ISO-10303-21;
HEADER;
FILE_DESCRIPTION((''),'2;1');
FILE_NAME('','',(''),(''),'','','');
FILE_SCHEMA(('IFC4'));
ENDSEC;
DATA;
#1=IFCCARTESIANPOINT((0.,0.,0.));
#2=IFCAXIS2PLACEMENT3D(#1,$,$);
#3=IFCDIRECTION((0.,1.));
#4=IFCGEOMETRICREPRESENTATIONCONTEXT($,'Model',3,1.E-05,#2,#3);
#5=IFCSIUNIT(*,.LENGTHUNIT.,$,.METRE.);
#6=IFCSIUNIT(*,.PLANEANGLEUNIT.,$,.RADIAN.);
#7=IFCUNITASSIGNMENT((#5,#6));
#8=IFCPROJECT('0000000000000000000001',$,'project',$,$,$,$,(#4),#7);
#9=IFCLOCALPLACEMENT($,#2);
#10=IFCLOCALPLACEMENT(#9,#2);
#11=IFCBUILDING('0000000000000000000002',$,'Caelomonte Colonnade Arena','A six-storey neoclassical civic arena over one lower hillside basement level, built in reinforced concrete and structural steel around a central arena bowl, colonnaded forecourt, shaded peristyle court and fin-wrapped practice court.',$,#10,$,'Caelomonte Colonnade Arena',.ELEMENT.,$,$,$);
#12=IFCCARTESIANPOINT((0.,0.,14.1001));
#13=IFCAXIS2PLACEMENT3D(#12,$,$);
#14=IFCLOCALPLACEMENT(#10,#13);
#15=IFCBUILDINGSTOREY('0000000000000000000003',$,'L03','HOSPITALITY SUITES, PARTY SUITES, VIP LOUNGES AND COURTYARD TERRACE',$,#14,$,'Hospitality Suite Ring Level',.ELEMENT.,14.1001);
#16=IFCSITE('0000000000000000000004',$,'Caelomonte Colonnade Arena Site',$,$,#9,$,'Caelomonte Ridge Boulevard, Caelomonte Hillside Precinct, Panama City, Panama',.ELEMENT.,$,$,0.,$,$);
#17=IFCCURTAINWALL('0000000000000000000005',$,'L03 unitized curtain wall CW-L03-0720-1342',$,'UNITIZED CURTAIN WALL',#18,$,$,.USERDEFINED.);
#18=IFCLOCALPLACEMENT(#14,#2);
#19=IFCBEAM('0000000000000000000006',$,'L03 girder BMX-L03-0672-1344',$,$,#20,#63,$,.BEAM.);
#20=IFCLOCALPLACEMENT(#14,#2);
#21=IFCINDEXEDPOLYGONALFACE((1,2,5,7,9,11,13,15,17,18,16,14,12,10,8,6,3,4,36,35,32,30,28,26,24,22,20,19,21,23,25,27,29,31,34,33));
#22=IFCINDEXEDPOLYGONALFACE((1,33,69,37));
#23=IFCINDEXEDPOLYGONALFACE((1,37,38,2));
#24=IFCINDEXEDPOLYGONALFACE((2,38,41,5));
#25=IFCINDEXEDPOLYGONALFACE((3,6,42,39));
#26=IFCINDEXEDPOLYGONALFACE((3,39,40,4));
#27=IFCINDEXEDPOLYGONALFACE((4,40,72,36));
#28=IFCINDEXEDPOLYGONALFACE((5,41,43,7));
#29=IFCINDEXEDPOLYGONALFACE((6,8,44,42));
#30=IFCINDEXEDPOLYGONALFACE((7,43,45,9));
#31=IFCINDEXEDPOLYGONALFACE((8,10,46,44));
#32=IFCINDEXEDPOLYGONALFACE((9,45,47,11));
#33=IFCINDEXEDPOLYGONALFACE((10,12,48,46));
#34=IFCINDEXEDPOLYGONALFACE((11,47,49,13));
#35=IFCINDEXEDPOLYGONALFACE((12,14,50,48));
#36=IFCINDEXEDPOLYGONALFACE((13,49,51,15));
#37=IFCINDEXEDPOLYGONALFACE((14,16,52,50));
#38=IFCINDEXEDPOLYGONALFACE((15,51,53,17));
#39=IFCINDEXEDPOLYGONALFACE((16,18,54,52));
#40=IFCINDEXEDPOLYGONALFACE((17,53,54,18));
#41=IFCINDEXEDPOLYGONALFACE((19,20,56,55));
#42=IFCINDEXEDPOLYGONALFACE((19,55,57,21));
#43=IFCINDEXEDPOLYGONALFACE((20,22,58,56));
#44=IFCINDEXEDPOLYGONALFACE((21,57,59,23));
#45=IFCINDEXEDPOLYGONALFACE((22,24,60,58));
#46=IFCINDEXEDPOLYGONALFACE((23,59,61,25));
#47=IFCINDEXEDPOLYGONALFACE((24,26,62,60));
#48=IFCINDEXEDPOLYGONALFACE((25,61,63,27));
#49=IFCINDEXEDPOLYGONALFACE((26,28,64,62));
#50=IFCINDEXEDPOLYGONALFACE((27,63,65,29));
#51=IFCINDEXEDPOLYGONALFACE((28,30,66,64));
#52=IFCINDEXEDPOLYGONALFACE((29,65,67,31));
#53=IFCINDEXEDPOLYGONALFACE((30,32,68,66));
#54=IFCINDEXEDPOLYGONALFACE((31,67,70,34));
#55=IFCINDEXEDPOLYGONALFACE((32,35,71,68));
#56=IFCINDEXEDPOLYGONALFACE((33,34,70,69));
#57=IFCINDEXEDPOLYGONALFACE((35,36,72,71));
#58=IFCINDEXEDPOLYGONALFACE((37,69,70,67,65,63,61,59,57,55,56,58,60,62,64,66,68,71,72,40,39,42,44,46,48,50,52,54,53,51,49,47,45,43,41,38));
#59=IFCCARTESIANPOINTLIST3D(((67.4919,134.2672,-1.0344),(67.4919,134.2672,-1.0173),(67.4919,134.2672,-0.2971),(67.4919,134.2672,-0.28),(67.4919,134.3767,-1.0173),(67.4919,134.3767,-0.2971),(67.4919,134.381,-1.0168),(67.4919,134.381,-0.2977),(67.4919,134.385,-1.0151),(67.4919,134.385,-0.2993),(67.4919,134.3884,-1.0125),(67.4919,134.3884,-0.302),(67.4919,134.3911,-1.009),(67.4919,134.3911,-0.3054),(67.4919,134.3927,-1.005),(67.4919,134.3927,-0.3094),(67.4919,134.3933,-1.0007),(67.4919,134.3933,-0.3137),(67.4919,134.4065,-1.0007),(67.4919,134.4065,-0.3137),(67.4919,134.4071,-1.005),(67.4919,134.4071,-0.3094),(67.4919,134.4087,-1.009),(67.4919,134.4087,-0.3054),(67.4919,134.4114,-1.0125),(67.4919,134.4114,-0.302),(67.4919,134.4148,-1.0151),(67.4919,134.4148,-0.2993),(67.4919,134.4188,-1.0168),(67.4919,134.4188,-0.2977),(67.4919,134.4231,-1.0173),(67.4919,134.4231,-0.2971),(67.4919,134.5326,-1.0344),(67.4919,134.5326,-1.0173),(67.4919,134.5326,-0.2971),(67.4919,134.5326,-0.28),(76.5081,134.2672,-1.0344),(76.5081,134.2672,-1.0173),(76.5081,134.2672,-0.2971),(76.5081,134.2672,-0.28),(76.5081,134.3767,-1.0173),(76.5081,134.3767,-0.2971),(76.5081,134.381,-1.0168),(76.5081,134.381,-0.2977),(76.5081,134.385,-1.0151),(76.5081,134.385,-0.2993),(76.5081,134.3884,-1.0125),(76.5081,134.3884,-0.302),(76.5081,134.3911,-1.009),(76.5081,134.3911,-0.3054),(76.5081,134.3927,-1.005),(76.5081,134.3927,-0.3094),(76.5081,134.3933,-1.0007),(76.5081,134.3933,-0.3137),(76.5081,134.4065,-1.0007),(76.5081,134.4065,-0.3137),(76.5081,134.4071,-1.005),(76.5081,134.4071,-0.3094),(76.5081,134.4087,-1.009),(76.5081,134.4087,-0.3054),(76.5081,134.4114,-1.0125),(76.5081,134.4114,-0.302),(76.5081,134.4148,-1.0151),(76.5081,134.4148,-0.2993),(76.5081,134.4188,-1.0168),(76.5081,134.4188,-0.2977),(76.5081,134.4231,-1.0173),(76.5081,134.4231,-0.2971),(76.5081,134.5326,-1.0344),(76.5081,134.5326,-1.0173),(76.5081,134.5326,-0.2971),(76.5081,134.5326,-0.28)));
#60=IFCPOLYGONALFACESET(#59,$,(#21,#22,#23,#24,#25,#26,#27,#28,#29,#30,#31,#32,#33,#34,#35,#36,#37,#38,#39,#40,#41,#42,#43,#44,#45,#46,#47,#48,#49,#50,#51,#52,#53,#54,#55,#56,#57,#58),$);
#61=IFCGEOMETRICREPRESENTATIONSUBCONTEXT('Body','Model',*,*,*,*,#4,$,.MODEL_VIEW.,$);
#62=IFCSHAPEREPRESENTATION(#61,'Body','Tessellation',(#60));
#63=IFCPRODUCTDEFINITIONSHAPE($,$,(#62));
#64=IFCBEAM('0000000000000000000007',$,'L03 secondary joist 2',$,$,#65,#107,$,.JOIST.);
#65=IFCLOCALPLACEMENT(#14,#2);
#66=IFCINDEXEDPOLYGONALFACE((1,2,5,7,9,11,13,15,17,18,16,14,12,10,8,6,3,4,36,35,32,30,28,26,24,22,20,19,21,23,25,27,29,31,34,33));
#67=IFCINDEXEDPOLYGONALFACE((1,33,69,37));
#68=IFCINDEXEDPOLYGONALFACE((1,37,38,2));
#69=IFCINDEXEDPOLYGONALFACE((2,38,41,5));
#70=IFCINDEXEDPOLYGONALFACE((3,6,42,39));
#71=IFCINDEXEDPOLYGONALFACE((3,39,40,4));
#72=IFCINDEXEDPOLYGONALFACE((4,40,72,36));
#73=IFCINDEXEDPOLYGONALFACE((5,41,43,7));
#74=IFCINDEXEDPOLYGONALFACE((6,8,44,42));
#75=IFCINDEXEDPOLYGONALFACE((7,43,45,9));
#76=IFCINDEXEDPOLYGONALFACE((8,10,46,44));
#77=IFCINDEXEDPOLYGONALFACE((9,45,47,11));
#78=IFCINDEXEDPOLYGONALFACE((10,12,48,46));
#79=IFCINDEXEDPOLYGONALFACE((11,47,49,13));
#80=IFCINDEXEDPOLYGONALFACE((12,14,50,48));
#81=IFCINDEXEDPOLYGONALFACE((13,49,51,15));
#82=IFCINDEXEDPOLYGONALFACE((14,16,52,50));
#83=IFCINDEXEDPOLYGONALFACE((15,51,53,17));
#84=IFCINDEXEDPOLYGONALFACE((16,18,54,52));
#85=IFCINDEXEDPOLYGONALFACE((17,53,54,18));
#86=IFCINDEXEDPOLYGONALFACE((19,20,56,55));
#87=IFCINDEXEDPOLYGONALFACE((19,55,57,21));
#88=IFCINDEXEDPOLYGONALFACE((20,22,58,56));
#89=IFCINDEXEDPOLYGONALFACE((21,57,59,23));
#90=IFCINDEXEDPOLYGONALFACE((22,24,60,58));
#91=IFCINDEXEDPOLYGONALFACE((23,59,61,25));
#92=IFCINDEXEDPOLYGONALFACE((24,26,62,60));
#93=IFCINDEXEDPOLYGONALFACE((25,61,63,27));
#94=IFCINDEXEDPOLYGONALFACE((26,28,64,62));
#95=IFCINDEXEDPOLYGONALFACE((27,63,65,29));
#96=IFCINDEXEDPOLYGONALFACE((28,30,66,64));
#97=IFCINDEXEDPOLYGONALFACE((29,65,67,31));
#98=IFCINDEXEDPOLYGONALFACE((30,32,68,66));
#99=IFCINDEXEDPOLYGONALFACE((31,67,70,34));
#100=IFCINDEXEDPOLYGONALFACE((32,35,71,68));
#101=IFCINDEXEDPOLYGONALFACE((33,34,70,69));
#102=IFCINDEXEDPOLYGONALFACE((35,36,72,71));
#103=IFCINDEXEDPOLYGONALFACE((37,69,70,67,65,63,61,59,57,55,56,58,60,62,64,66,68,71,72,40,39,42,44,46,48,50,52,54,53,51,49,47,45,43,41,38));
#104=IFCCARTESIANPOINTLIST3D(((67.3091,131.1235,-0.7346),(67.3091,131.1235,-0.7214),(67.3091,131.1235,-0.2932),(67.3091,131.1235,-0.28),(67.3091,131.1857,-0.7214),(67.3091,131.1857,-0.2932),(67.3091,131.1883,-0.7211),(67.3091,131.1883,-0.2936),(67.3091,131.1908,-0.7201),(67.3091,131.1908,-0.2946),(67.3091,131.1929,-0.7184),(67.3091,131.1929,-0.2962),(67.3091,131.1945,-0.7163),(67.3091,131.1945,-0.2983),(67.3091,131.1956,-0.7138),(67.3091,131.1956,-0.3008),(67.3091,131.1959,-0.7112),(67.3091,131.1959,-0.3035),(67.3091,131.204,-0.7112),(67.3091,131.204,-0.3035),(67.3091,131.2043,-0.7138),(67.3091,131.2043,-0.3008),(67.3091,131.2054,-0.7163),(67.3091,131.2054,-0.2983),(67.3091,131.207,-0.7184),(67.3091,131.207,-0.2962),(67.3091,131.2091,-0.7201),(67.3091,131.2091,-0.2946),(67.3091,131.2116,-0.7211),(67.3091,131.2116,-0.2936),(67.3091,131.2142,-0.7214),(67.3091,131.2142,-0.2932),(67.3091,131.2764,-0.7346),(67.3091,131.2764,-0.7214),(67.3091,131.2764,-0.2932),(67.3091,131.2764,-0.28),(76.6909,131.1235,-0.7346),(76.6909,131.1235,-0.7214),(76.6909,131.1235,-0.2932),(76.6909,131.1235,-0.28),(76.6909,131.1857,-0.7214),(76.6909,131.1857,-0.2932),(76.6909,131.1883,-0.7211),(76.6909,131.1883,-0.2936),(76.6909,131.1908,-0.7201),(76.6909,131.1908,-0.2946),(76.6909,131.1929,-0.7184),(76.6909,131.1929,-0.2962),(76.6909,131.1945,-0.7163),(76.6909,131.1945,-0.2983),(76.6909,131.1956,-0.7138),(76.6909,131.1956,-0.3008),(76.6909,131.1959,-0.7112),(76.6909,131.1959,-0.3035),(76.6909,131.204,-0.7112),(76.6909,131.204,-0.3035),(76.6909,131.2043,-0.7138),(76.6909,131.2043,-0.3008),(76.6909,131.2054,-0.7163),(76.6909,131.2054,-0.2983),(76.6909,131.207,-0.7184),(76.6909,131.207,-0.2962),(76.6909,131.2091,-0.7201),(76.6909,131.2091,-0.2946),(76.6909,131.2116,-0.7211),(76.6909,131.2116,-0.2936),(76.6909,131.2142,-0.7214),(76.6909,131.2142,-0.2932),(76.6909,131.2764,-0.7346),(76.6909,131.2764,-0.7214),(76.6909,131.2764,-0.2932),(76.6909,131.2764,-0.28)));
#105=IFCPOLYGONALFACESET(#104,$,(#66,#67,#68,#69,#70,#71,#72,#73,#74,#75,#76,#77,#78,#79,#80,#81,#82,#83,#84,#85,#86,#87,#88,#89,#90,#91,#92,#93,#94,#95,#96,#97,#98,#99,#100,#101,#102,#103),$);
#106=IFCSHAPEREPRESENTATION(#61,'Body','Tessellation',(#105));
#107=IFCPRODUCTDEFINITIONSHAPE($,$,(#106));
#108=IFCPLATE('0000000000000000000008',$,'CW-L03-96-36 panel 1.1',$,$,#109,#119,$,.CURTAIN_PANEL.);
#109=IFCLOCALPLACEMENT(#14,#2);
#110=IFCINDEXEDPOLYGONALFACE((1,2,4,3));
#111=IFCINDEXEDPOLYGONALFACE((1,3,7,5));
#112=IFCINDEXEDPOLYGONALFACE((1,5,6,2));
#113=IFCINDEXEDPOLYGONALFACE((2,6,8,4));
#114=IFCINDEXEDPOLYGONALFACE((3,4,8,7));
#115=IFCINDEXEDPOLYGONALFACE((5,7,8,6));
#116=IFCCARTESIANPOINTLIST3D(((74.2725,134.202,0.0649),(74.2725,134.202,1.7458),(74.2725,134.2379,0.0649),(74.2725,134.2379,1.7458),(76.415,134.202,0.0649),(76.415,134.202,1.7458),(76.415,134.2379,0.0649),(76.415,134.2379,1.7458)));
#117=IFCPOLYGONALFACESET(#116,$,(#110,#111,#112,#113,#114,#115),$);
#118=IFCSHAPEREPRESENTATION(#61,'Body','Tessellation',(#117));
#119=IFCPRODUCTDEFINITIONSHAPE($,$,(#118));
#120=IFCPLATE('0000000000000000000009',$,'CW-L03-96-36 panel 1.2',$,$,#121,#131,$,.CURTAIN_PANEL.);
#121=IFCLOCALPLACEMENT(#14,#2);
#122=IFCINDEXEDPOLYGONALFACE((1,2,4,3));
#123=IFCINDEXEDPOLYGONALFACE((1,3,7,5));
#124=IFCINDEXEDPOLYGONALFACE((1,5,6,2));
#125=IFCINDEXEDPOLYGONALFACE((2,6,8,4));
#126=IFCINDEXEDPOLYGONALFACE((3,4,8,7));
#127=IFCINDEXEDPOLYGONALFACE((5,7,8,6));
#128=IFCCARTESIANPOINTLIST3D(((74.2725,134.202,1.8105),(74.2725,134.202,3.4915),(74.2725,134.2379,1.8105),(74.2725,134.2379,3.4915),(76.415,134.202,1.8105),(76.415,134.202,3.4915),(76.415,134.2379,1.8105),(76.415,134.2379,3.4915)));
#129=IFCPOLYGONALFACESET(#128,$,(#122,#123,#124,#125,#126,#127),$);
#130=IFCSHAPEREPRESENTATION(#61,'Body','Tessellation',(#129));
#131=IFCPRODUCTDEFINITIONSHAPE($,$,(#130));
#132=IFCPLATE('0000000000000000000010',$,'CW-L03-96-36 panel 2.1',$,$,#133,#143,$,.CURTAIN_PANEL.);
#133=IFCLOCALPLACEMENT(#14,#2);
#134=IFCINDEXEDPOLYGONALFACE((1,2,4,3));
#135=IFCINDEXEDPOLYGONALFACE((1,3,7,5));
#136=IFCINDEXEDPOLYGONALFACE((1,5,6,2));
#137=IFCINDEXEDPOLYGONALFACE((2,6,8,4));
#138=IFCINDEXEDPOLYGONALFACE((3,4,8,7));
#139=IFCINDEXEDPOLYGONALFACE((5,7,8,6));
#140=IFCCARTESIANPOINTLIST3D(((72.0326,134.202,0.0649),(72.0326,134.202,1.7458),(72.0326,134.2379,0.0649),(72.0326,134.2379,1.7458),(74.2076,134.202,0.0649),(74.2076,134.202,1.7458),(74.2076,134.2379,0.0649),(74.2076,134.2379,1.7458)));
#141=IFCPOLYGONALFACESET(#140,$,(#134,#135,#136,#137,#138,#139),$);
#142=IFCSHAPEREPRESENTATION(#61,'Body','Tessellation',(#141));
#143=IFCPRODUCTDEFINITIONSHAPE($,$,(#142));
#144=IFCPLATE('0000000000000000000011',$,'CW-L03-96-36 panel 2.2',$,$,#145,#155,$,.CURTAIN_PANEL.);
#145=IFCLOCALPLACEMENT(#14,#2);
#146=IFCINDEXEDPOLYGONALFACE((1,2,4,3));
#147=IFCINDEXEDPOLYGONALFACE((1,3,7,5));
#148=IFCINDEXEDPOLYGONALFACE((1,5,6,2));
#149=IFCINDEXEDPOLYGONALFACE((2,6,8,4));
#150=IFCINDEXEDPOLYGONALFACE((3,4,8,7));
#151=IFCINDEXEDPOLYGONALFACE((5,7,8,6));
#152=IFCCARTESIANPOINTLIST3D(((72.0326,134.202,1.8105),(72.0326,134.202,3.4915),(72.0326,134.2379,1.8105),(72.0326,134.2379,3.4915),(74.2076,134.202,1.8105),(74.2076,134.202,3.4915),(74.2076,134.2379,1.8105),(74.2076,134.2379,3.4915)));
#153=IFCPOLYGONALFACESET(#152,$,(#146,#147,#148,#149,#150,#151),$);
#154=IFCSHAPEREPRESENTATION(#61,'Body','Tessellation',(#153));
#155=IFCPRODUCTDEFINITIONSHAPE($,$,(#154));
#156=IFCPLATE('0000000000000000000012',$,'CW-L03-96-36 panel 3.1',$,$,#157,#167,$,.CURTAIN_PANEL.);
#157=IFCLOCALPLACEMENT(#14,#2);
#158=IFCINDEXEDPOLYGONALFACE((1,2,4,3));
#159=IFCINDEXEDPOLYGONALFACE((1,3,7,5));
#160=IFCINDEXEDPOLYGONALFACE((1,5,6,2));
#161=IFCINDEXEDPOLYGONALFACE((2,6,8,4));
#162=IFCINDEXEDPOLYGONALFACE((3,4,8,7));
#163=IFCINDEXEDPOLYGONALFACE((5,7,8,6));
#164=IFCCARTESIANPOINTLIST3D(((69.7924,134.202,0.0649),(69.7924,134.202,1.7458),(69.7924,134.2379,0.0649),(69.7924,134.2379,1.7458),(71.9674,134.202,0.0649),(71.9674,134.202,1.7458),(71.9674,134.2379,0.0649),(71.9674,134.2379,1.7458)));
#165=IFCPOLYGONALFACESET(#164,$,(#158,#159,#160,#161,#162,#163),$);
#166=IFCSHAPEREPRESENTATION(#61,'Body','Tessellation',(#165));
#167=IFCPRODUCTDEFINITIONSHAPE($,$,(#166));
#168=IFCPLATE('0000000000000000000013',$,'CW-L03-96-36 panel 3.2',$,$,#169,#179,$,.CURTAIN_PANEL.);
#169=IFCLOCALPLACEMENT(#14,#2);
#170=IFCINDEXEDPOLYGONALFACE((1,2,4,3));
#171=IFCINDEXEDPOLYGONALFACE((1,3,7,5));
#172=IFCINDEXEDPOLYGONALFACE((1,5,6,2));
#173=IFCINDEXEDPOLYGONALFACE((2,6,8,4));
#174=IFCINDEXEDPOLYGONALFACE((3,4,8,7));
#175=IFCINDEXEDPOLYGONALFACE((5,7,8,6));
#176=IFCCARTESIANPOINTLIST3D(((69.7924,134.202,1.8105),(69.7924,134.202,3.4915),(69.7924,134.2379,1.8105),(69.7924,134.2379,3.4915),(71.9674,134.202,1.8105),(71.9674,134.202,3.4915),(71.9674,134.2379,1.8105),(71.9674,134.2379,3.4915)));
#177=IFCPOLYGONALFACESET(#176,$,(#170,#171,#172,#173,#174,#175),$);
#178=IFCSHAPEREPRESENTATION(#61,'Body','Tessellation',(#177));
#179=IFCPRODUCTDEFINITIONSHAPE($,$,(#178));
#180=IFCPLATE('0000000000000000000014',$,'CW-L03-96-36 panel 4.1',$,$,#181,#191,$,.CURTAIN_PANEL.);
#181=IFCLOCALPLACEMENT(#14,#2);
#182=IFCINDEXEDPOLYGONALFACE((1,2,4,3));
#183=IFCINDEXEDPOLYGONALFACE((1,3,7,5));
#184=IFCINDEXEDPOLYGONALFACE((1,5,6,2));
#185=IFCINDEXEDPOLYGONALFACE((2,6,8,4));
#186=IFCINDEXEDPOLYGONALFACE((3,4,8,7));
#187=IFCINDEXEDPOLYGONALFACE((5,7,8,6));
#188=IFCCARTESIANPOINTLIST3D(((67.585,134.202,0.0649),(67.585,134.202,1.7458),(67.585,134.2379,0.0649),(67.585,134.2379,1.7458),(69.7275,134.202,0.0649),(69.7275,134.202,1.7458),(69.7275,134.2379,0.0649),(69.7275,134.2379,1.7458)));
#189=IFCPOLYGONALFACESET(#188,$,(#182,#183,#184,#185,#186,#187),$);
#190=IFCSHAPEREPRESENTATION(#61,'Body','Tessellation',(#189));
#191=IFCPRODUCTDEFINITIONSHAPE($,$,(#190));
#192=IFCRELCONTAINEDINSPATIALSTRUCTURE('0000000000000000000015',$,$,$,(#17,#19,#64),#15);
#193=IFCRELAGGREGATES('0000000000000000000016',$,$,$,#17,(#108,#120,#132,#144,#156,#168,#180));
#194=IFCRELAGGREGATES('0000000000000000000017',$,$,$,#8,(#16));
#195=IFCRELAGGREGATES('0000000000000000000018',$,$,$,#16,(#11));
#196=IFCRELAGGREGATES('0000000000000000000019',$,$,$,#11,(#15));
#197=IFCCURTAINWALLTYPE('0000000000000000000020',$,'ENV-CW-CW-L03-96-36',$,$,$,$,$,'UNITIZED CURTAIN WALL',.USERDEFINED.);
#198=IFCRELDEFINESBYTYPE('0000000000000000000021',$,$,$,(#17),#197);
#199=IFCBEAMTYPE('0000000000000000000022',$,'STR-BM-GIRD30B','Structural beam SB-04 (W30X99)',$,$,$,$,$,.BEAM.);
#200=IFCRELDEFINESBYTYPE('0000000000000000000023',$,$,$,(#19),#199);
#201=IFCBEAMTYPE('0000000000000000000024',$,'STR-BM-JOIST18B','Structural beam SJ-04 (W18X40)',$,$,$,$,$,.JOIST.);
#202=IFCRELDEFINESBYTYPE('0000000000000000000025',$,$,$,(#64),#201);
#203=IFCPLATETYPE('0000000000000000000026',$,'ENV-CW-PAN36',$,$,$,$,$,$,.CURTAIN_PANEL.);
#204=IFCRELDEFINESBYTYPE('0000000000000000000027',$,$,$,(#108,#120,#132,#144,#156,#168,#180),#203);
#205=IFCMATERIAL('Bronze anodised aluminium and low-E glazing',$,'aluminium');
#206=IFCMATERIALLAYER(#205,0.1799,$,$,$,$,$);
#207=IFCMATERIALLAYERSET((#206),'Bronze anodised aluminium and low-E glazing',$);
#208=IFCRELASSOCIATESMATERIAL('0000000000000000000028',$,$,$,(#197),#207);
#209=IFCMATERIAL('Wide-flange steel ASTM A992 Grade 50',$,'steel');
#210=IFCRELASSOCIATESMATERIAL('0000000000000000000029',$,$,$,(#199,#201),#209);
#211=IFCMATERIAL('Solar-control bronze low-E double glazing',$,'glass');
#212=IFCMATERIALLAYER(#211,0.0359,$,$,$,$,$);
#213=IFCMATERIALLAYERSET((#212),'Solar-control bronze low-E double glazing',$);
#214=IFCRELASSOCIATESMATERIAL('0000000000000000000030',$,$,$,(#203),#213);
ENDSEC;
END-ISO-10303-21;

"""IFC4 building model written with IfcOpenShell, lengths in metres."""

from ifc_helpers import new_model, si_unit, direction, frame, origin, origin_2d, place, context, subcontext, project, spatial, rectangle, i_section, extrude, material, layer, layer_set, material_profile, profile_set, type_object, element, aggregate, save


model = new_model("IFC4")

# Units and contexts
model_context = context("Model", 3, precision=1e-05, world=origin(), true_north=direction((0.0, 1.0)))
body_context = subcontext(model_context, "Body", "Model", "MODEL_VIEW")
ifc_project = project(units=[si_unit("LENGTHUNIT", "METRE"), si_unit("PLANEANGLEUNIT", "RADIAN")], contexts=[model_context])

# Site, building, storey
site_placement = place(None, origin())
site = spatial("IfcSite", under=ifc_project, at=site_placement, Name="Caelomonte Colonnade Arena Site", LongName="Caelomonte Ridge Boulevard, Caelomonte Hillside Precinct, Panama City, Panama", CompositionType="ELEMENT", RefElevation=0.0)
building_placement = place(site_placement, origin())
building = spatial("IfcBuilding", under=site, at=building_placement, Name="Caelomonte Colonnade Arena", Description="A six-storey neoclassical civic arena over one lower hillside basement level, built in reinforced concrete and structural steel around a central arena bowl, colonnaded forecourt, shaded peristyle court and fin-wrapped practice court.", LongName="Caelomonte Colonnade Arena", CompositionType="ELEMENT")
storey_placement = place(building_placement, frame((0.0, 0.0, 14.1001)))
storey = spatial("IfcBuildingStorey", under=building, at=storey_placement, Name="L03", Description="HOSPITALITY SUITES, PARTY SUITES, VIP LOUNGES AND COURTYARD TERRACE", LongName="Hospitality Suite Ring Level", CompositionType="ELEMENT", Elevation=14.1001)

# Curtain wall
ifc_material_1 = material(Name="Bronze anodised aluminium and low-E glazing", Category="aluminium")
ifc_layer_1 = layer(ifc_material_1, 0.1799)
ifc_layer_set_1 = layer_set([ifc_layer_1], Name="Bronze anodised aluminium and low-E glazing")
curtain_wall_type = type_object("IfcCurtainWallType", Name="ENV-CW-CW-L03-96-36", ElementType="UNITIZED CURTAIN WALL", PredefinedType="USERDEFINED", material=ifc_layer_set_1)
curtain_wall_1_placement = place(storey_placement, origin())
curtain_wall_1 = element("IfcCurtainWall", 1, at=curtain_wall_1_placement, inside=storey, type_object=curtain_wall_type, Name="L03 unitized curtain wall CW-L03-0720-1342", ObjectType="UNITIZED CURTAIN WALL", PredefinedType="USERDEFINED")

# Beams
ifc_material_2 = material(Name="Wide-flange steel ASTM A992 Grade 50", Category="steel")
ifc_material_profile_1 = material_profile(ifc_material_2, i_section(OverallWidth=0.2654, OverallDepth=0.7544, WebThickness=0.0132, FlangeThickness=0.0171, FilletRadius=0.0166, at=origin_2d()), Name="W30X99")
ifc_profile_set_1 = profile_set([ifc_material_profile_1], Name="Wide-flange steel ASTM A992 Grade 50")
beam_type_1 = type_object("IfcBeamType", Name="STR-BM-GIRD30B", Description="Structural beam SB-04 (W30X99)", PredefinedType="BEAM", material=ifc_profile_set_1)
beam_1_placement = place(storey_placement, frame((67.4919, 134.3999, -0.6572), z_axis=(1.0, 0.0, 0.0), x_axis=(0.0, 1.0, 0.0)))
element("IfcBeam", 2, at=beam_1_placement, inside=storey, type_object=beam_type_1, Name="L03 girder BMX-L03-0672-1344", PredefinedType="BEAM", context=body_context, shape_type="SweptSolid", body=[
    extrude(i_section(OverallWidth=0.2654, OverallDepth=0.7544, WebThickness=0.0132, FlangeThickness=0.0171, FilletRadius=0.0166, at=origin_2d()), origin(), (0.0, 0.0, 1.0), 9.0161),
])
ifc_material_profile_2 = material_profile(ifc_material_2, i_section(OverallWidth=0.1528, OverallDepth=0.4546, WebThickness=0.0081, FlangeThickness=0.0132, FilletRadius=0.0103, at=origin_2d()), Name="W18X40")
ifc_profile_set_2 = profile_set([ifc_material_profile_2], Name="Wide-flange steel ASTM A992 Grade 50")
beam_type_2 = type_object("IfcBeamType", Name="STR-BM-JOIST18B", Description="Structural beam SJ-04 (W18X40)", PredefinedType="JOIST", material=ifc_profile_set_2)
beam_2_placement = place(storey_placement, frame((67.3091, 131.2, -0.5073), z_axis=(1.0, 0.0, 0.0), x_axis=(0.0, 1.0, 0.0)))
element("IfcBeam", 3, at=beam_2_placement, inside=storey, type_object=beam_type_2, Name="L03 secondary joist 2", PredefinedType="JOIST", context=body_context, shape_type="SweptSolid", body=[
    extrude(i_section(OverallWidth=0.1528, OverallDepth=0.4546, WebThickness=0.0081, FlangeThickness=0.0132, FilletRadius=0.0103, at=origin_2d()), origin(), (0.0, 0.0, 1.0), 9.3818),
])

# Plates
ifc_material_3 = material(Name="Solar-control bronze low-E double glazing", Category="glass")
ifc_layer_2 = layer(ifc_material_3, 0.0359)
ifc_layer_set_2 = layer_set([ifc_layer_2], Name="Solar-control bronze low-E double glazing")
plate_type = type_object("IfcPlateType", Name="ENV-CW-PAN36", PredefinedType="CURTAIN_PANEL", material=ifc_layer_set_2)
plate_1_placement = place(storey_placement, frame((75.3438, 134.22, 0.0649), z_axis=(0.0, 0.0, 1.0), x_axis=(-1.0, 0.0, 0.0)))
plate_1 = element("IfcPlate", 4, at=plate_1_placement, type_object=plate_type, Name="CW-L03-96-36 panel 1.1", PredefinedType="CURTAIN_PANEL", context=body_context, shape_type="SweptSolid", body=[
    extrude(rectangle(XDim=2.1426, YDim=0.0359, at=origin_2d()), origin(), (0.0, 0.0, 1.0), 1.6809),
])
plate_2_placement = place(storey_placement, frame((75.3438, 134.22, 1.8105), z_axis=(0.0, 0.0, 1.0), x_axis=(-1.0, 0.0, 0.0)))
plate_2 = element("IfcPlate", 5, at=plate_2_placement, type_object=plate_type, Name="CW-L03-96-36 panel 1.2", PredefinedType="CURTAIN_PANEL", context=body_context, shape_type="SweptSolid", body=[
    extrude(rectangle(XDim=2.1426, YDim=0.0359, at=origin_2d()), origin(), (0.0, 0.0, 1.0), 1.6809),
])
plate_3_placement = place(storey_placement, frame((73.1201, 134.22, 0.0649), z_axis=(0.0, 0.0, 1.0), x_axis=(-1.0, 0.0, 0.0)))
plate_3 = element("IfcPlate", 6, at=plate_3_placement, type_object=plate_type, Name="CW-L03-96-36 panel 2.1", PredefinedType="CURTAIN_PANEL", context=body_context, shape_type="SweptSolid", body=[
    extrude(rectangle(XDim=2.175, YDim=0.0359, at=origin_2d()), origin(), (0.0, 0.0, 1.0), 1.6809),
])
plate_4_placement = place(storey_placement, frame((73.1201, 134.22, 1.8105), z_axis=(0.0, 0.0, 1.0), x_axis=(-1.0, 0.0, 0.0)))
plate_4 = element("IfcPlate", 7, at=plate_4_placement, type_object=plate_type, Name="CW-L03-96-36 panel 2.2", PredefinedType="CURTAIN_PANEL", context=body_context, shape_type="SweptSolid", body=[
    extrude(rectangle(XDim=2.175, YDim=0.0359, at=origin_2d()), origin(), (0.0, 0.0, 1.0), 1.6809),
])
plate_5_placement = place(storey_placement, frame((70.8799, 134.22, 0.0649), z_axis=(0.0, 0.0, 1.0), x_axis=(-1.0, 0.0, 0.0)))
plate_5 = element("IfcPlate", 8, at=plate_5_placement, type_object=plate_type, Name="CW-L03-96-36 panel 3.1", PredefinedType="CURTAIN_PANEL", context=body_context, shape_type="SweptSolid", body=[
    extrude(rectangle(XDim=2.175, YDim=0.0359, at=origin_2d()), origin(), (0.0, 0.0, 1.0), 1.6809),
])
plate_6_placement = place(storey_placement, frame((70.8799, 134.22, 1.8105), z_axis=(0.0, 0.0, 1.0), x_axis=(-1.0, 0.0, 0.0)))
plate_6 = element("IfcPlate", 9, at=plate_6_placement, type_object=plate_type, Name="CW-L03-96-36 panel 3.2", PredefinedType="CURTAIN_PANEL", context=body_context, shape_type="SweptSolid", body=[
    extrude(rectangle(XDim=2.175, YDim=0.0359, at=origin_2d()), origin(), (0.0, 0.0, 1.0), 1.6809),
])
plate_7_placement = place(storey_placement, frame((68.6562, 134.22, 0.0649), z_axis=(0.0, 0.0, 1.0), x_axis=(-1.0, 0.0, 0.0)))
plate_7 = element("IfcPlate", 10, at=plate_7_placement, type_object=plate_type, Name="CW-L03-96-36 panel 4.1", PredefinedType="CURTAIN_PANEL", context=body_context, shape_type="SweptSolid", body=[
    extrude(rectangle(XDim=2.1426, YDim=0.0359, at=origin_2d()), origin(), (0.0, 0.0, 1.0), 1.6809),
])
aggregate(curtain_wall_1, [plate_1, plate_2, plate_3, plate_4, plate_5, plate_6, plate_7])

save(model, "model.ifc")
